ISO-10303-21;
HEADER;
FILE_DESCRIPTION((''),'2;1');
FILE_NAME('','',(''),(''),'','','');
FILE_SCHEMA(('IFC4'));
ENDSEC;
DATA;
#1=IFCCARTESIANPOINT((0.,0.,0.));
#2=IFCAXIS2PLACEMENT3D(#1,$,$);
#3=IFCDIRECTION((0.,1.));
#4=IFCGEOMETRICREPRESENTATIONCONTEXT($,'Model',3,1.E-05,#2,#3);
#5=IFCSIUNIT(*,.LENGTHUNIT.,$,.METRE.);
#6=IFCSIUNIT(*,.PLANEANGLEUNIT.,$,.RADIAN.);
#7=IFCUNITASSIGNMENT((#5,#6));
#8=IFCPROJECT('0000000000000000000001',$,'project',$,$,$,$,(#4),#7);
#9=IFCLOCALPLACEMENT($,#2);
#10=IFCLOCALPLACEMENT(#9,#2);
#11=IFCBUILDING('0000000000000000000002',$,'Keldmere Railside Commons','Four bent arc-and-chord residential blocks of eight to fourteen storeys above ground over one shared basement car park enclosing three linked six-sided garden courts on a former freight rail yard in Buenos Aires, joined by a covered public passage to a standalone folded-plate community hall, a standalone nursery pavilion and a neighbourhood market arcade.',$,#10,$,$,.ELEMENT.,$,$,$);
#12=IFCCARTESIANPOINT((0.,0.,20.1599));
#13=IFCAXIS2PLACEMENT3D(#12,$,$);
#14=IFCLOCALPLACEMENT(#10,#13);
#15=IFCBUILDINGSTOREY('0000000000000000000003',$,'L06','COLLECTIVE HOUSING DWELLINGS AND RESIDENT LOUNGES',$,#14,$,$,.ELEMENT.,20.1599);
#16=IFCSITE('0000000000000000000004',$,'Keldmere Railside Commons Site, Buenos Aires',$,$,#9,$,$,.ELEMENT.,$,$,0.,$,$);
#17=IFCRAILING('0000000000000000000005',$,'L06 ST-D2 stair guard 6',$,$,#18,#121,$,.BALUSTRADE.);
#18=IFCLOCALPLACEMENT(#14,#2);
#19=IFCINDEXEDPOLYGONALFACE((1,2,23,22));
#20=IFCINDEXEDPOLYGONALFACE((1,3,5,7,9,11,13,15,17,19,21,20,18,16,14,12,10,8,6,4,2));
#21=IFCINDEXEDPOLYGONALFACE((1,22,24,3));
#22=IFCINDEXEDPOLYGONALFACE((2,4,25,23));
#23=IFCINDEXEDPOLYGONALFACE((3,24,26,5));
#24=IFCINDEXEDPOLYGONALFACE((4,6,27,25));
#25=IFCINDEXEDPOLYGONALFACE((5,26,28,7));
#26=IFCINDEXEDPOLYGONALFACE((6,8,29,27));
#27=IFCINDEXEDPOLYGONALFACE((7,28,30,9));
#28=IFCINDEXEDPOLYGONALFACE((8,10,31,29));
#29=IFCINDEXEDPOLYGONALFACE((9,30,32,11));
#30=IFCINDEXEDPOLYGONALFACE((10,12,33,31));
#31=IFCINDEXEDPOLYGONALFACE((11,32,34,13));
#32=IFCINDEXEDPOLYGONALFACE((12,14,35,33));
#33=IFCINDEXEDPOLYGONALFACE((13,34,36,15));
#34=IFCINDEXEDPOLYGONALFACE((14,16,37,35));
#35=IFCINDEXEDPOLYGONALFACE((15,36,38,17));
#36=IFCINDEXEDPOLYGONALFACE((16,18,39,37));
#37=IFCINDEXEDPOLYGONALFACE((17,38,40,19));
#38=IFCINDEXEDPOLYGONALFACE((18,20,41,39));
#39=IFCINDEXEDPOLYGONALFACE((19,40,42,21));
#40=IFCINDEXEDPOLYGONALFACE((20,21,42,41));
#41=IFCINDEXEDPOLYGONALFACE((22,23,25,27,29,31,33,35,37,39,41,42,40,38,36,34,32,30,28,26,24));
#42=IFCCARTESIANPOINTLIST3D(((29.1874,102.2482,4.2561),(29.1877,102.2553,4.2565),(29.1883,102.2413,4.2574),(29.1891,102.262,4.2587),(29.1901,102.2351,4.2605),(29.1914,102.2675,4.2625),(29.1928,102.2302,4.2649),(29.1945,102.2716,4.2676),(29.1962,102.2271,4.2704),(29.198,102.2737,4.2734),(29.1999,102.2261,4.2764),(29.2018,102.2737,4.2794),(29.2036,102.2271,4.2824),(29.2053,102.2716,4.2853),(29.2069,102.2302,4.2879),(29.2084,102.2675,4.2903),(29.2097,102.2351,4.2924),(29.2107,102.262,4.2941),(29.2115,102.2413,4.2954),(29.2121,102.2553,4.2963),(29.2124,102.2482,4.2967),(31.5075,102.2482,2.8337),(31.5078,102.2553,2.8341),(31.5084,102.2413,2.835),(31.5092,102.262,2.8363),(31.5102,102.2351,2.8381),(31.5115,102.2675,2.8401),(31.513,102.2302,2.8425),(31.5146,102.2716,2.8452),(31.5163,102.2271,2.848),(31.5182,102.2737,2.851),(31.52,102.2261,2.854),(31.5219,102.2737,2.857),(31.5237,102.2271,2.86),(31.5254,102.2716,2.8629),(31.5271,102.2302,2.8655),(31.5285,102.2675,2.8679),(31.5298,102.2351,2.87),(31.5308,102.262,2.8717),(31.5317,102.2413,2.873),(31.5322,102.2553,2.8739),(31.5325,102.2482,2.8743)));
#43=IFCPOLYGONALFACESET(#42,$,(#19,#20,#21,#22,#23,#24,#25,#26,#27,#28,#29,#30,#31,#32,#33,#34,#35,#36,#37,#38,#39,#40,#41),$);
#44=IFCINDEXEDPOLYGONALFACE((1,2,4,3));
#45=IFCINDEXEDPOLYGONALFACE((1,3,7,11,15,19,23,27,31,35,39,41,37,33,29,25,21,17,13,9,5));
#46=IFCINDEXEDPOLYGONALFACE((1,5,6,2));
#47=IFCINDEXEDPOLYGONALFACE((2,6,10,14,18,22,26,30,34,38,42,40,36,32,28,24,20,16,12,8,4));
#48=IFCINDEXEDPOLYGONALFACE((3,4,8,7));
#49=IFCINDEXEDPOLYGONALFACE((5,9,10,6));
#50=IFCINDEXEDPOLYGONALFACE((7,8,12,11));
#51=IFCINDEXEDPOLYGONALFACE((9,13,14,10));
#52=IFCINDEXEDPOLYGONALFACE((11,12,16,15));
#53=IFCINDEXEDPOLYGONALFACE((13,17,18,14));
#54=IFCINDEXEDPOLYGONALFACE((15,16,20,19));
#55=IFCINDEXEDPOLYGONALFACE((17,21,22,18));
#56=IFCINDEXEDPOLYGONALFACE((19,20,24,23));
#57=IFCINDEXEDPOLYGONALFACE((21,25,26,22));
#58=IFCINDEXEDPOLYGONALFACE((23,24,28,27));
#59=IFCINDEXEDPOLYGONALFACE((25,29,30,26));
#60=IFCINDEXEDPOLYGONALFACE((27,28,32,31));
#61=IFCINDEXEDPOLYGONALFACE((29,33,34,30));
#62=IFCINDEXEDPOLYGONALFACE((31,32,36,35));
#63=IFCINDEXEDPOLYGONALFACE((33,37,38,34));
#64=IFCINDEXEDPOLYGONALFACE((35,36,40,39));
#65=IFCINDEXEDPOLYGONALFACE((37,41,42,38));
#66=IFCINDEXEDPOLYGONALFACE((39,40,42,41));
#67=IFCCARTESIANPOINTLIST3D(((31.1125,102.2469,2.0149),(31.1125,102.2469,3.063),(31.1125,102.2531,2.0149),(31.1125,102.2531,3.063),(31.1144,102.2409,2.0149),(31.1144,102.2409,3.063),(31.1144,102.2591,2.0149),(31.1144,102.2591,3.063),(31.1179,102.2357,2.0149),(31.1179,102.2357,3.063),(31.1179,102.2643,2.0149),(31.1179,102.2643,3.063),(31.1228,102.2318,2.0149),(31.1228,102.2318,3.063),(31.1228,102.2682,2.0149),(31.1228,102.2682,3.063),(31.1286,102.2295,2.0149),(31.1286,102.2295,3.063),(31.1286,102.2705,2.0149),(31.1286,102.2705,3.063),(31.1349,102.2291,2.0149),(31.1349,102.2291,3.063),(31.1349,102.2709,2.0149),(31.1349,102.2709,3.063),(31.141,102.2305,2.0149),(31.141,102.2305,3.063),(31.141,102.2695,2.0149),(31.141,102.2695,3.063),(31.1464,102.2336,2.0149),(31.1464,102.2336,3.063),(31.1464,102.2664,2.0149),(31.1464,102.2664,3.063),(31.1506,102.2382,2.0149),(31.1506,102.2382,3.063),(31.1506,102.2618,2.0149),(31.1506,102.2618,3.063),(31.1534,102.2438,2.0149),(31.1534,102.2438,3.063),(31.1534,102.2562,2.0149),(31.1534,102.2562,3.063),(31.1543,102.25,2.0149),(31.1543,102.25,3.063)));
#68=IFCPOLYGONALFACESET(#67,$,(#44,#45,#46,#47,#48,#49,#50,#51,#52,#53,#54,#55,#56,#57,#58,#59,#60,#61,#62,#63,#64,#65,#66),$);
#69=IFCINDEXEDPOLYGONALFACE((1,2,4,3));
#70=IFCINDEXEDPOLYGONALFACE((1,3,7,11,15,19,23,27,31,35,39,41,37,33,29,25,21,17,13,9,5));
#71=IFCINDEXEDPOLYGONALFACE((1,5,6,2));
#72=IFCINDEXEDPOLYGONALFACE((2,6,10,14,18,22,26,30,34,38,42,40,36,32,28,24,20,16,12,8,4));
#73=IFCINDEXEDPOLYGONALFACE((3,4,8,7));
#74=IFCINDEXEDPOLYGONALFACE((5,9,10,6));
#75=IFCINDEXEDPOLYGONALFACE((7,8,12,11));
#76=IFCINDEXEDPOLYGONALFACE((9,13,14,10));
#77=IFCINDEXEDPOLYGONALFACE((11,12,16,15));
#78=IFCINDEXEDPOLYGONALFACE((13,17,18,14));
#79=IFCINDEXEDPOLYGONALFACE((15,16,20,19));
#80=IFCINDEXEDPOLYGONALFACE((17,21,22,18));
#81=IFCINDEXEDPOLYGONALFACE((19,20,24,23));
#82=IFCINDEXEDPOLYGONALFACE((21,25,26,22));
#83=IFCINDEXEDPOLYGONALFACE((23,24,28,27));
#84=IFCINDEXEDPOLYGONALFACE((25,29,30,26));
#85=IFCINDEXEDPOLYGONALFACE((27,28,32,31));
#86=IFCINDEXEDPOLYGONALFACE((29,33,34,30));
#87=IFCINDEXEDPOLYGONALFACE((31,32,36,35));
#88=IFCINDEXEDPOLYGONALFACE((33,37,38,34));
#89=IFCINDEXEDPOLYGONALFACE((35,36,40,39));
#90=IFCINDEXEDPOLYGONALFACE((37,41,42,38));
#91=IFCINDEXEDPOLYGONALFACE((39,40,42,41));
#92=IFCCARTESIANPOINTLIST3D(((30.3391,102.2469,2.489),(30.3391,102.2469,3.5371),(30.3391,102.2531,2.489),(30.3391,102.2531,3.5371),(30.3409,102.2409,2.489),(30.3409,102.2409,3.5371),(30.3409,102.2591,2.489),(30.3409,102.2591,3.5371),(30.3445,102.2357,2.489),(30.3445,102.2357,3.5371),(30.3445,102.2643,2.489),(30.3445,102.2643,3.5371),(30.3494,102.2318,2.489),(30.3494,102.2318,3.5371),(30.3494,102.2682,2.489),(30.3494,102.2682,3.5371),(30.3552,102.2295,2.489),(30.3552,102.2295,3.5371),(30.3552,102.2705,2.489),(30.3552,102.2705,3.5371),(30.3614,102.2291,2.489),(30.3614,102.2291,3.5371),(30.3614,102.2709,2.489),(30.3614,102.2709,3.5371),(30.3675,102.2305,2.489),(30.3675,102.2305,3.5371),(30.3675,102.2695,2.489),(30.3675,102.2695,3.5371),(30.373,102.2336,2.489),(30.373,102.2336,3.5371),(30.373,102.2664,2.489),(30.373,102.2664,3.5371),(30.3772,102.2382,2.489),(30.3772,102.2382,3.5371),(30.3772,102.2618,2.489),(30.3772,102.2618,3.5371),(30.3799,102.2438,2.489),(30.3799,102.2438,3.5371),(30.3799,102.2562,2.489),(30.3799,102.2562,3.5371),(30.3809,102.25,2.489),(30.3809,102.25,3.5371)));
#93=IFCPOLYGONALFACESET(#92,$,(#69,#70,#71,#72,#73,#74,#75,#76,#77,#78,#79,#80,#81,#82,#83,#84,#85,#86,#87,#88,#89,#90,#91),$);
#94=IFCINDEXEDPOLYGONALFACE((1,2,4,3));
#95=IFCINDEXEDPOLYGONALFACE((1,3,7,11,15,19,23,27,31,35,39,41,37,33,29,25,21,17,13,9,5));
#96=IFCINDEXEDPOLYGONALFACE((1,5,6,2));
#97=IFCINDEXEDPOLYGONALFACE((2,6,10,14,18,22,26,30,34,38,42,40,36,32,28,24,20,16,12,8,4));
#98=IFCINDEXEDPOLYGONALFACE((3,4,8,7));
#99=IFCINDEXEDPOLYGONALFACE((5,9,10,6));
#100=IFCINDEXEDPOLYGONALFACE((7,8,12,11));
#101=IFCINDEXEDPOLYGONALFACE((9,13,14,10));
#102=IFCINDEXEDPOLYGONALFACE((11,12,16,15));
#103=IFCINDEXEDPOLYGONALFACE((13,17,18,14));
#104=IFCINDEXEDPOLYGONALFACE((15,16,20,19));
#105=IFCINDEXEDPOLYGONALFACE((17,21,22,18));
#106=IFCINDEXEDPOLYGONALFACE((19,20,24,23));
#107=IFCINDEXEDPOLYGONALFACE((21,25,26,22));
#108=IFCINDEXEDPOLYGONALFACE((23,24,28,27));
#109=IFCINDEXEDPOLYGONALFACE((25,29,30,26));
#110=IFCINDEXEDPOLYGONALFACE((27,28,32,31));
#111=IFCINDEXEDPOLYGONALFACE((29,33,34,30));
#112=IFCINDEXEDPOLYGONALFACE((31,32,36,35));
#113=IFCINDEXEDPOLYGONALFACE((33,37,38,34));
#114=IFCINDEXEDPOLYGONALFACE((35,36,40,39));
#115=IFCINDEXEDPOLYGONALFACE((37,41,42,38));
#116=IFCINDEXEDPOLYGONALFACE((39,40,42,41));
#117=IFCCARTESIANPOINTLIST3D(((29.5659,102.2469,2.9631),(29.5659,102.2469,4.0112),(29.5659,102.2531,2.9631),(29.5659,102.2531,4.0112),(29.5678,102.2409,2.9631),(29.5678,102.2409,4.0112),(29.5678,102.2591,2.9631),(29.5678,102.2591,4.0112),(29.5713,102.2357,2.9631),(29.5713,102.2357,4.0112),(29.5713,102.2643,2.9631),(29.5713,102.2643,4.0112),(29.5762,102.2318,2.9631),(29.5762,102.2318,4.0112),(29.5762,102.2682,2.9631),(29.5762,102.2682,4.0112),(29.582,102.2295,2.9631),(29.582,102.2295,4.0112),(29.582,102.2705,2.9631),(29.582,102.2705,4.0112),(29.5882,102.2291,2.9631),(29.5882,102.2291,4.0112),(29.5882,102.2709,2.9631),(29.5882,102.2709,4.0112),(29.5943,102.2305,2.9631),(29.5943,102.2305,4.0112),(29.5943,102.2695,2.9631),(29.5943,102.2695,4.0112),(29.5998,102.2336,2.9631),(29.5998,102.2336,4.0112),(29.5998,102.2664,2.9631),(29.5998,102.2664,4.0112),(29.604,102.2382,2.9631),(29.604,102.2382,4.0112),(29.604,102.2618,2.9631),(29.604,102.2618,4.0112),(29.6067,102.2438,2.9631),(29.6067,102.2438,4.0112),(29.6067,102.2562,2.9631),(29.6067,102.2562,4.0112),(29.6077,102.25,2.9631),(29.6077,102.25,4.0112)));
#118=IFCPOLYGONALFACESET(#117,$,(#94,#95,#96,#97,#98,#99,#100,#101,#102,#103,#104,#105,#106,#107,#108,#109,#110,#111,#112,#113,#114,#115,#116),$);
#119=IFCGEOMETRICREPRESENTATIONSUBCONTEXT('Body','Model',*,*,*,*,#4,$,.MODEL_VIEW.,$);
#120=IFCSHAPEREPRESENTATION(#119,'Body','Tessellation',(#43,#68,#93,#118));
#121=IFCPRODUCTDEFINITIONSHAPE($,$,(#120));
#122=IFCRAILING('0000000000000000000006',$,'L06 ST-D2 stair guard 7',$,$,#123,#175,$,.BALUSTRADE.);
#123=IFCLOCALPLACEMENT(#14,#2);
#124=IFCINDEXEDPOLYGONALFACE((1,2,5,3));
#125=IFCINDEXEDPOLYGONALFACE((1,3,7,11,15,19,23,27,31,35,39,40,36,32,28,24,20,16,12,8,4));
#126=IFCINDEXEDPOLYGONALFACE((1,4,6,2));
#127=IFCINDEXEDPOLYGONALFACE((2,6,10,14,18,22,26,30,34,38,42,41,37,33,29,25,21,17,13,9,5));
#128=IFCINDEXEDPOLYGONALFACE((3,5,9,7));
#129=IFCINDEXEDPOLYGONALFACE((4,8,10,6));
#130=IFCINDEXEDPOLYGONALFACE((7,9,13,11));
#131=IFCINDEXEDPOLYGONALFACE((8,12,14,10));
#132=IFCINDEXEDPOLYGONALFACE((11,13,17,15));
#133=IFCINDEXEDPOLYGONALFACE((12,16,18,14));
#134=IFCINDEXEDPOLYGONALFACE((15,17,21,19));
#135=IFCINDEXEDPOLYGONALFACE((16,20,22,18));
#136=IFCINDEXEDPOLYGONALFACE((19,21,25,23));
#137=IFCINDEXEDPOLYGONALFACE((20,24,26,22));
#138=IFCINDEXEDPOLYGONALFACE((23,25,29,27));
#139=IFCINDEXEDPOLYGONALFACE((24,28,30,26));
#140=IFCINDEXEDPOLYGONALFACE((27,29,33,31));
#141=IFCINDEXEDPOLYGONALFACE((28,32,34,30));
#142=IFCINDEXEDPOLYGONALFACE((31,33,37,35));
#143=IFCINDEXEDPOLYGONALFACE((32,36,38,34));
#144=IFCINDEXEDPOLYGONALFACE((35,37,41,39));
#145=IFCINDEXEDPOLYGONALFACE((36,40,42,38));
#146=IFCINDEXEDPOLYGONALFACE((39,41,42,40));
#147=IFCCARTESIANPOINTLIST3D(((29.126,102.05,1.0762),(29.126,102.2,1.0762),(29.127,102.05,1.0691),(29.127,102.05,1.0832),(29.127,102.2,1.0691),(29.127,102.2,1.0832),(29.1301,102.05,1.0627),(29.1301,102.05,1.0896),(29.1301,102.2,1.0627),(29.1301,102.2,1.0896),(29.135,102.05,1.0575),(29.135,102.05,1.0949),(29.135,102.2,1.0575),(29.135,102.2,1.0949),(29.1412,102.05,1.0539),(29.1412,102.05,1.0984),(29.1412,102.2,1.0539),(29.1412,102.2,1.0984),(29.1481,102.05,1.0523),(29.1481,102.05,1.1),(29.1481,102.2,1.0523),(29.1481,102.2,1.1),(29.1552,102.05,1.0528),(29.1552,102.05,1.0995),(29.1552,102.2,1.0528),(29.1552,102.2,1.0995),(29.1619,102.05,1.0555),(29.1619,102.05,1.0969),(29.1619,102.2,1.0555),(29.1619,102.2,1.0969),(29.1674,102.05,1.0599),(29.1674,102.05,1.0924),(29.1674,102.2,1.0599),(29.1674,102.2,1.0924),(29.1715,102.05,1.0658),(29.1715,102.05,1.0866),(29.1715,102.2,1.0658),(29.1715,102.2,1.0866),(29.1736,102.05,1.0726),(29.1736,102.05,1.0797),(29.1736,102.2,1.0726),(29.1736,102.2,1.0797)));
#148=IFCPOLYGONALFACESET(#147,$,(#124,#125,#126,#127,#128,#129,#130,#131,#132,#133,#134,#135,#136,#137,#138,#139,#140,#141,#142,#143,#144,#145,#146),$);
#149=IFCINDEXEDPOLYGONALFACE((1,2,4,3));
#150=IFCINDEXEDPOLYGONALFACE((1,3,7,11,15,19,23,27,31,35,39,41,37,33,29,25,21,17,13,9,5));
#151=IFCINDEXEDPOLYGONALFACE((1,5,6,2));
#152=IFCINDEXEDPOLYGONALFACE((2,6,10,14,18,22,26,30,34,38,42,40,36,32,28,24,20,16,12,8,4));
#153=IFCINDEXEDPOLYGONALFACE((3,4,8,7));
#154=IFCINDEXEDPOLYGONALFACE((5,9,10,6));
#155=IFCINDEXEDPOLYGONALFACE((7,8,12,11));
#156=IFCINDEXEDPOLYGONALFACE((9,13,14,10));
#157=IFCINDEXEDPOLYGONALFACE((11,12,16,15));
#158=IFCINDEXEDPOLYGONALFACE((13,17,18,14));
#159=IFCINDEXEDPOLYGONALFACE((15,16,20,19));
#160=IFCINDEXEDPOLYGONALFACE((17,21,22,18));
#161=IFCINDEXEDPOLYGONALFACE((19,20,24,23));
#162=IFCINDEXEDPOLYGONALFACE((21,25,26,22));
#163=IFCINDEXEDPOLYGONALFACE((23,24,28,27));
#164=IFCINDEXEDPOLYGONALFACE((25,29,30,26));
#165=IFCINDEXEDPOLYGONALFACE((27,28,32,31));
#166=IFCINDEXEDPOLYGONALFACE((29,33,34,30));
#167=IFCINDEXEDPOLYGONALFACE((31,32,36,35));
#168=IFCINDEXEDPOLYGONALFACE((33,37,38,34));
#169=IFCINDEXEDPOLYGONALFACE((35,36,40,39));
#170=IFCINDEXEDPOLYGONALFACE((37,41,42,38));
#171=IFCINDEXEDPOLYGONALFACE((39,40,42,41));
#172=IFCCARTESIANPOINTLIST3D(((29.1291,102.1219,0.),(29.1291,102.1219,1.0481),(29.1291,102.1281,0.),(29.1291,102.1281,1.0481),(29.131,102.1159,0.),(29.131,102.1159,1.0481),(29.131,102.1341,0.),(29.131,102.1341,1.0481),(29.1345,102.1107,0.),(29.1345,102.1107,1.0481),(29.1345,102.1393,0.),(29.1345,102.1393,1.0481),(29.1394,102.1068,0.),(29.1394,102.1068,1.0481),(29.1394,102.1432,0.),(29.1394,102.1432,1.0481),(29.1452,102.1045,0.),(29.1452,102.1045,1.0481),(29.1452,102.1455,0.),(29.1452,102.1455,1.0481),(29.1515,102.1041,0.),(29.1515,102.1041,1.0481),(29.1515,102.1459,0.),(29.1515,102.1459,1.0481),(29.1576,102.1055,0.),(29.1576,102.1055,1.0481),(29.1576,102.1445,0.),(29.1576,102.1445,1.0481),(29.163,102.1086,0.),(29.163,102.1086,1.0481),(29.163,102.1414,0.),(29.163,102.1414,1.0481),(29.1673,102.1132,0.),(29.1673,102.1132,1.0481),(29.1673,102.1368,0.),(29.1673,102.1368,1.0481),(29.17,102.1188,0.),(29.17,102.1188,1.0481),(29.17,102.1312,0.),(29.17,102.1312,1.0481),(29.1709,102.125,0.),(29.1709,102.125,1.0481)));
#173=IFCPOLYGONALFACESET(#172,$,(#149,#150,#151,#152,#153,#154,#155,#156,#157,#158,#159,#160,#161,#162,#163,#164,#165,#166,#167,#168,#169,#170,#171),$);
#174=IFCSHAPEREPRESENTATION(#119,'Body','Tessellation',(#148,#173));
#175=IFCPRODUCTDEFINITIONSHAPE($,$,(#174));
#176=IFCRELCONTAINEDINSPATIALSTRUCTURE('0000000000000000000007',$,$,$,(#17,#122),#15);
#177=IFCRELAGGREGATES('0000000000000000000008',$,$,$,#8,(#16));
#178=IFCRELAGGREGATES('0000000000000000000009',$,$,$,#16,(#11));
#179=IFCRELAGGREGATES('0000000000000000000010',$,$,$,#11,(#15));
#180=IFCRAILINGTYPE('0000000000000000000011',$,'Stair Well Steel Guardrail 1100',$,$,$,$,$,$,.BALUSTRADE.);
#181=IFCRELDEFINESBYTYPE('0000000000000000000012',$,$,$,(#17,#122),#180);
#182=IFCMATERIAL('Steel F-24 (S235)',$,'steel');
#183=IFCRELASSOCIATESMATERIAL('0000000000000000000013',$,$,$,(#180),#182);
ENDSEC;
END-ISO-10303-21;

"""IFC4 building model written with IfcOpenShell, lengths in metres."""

from ifc_helpers import new_model, si_unit, direction, frame, origin, origin_2d, place, context, subcontext, project, spatial, circle, extrude, material, type_object, element, save


model = new_model("IFC4")

# Units and contexts
model_context = context("Model", 3, precision=1e-05, world=origin(), true_north=direction((0.0, 1.0)))
body_context = subcontext(model_context, "Body", "Model", "MODEL_VIEW")
ifc_project = project(units=[si_unit("LENGTHUNIT", "METRE"), si_unit("PLANEANGLEUNIT", "RADIAN")], contexts=[model_context])

# Site, building, storey
site_placement = place(None, origin())
site = spatial("IfcSite", under=ifc_project, at=site_placement, Name="Keldmere Railside Commons Site, Buenos Aires", CompositionType="ELEMENT", RefElevation=0.0)
building_placement = place(site_placement, origin())
building = spatial("IfcBuilding", under=site, at=building_placement, Name="Keldmere Railside Commons", Description="Four bent arc-and-chord residential blocks of eight to fourteen storeys above ground over one shared basement car park enclosing three linked six-sided garden courts on a former freight rail yard in Buenos Aires, joined by a covered public passage to a standalone folded-plate community hall, a standalone nursery pavilion and a neighbourhood market arcade.", CompositionType="ELEMENT")
storey_placement = place(building_placement, frame((0.0, 0.0, 20.1599)))
storey = spatial("IfcBuildingStorey", under=building, at=storey_placement, Name="L06", Description="COLLECTIVE HOUSING DWELLINGS AND RESIDENT LOUNGES", CompositionType="ELEMENT", Elevation=20.1599)

# Railings
ifc_material_1 = material(Name="Steel F-24 (S235)", Category="steel")
railing_type_1 = type_object("IfcRailingType", Name="Stair Well Steel Guardrail 1100", PredefinedType="BALUSTRADE", material=ifc_material_1)
railing_1_placement = place(storey_placement, frame((31.52, 102.25, 1.7778)))
element("IfcRailing", 1, at=railing_1_placement, inside=storey, type_object=railing_type_1, Name="L06 ST-D2 stair guard 6", PredefinedType="BALUSTRADE", context=body_context, shape_type="SweptSolid", body=[
    extrude(circle(Radius=0.0239, at=origin_2d()), frame((0.0, 0.0, 1.0762), z_axis=(-0.852538, 0.0, 0.522665), x_axis=(0.0, -1.0, 0.0)), (0.0, 0.0, 1.0), 2.7214),
    extrude(circle(Radius=0.021, at=origin_2d()), frame((-0.3867, 0.0, 0.2371)), (0.0, 0.0, 1.0), 1.0481),
    extrude(circle(Radius=0.021, at=origin_2d()), frame((-1.1602, 0.0, 0.7112)), (0.0, 0.0, 1.0), 1.0481),
    extrude(circle(Radius=0.021, at=origin_2d()), frame((-1.9333, 0.0, 1.1853)), (0.0, 0.0, 1.0), 1.0481),
])
railing_2_placement = place(storey_placement, frame((29.1499, 102.05, 0.0)))
element("IfcRailing", 2, at=railing_2_placement, inside=storey, type_object=railing_type_1, Name="L06 ST-D2 stair guard 7", PredefinedType="BALUSTRADE", context=body_context, shape_type="SweptSolid", body=[
    extrude(circle(Radius=0.0239, at=origin_2d()), frame((0.0, 0.0, 1.0762), z_axis=(0.0, 1.0, 0.0), x_axis=(-1.0, 0.0, 0.0)), (0.0, 0.0, 1.0), 0.1499),
    extrude(circle(Radius=0.021, at=origin_2d()), frame((0.0, 0.075, 0.0)), (0.0, 0.0, 1.0), 1.0481),
])

save(model, "model.ifc")
